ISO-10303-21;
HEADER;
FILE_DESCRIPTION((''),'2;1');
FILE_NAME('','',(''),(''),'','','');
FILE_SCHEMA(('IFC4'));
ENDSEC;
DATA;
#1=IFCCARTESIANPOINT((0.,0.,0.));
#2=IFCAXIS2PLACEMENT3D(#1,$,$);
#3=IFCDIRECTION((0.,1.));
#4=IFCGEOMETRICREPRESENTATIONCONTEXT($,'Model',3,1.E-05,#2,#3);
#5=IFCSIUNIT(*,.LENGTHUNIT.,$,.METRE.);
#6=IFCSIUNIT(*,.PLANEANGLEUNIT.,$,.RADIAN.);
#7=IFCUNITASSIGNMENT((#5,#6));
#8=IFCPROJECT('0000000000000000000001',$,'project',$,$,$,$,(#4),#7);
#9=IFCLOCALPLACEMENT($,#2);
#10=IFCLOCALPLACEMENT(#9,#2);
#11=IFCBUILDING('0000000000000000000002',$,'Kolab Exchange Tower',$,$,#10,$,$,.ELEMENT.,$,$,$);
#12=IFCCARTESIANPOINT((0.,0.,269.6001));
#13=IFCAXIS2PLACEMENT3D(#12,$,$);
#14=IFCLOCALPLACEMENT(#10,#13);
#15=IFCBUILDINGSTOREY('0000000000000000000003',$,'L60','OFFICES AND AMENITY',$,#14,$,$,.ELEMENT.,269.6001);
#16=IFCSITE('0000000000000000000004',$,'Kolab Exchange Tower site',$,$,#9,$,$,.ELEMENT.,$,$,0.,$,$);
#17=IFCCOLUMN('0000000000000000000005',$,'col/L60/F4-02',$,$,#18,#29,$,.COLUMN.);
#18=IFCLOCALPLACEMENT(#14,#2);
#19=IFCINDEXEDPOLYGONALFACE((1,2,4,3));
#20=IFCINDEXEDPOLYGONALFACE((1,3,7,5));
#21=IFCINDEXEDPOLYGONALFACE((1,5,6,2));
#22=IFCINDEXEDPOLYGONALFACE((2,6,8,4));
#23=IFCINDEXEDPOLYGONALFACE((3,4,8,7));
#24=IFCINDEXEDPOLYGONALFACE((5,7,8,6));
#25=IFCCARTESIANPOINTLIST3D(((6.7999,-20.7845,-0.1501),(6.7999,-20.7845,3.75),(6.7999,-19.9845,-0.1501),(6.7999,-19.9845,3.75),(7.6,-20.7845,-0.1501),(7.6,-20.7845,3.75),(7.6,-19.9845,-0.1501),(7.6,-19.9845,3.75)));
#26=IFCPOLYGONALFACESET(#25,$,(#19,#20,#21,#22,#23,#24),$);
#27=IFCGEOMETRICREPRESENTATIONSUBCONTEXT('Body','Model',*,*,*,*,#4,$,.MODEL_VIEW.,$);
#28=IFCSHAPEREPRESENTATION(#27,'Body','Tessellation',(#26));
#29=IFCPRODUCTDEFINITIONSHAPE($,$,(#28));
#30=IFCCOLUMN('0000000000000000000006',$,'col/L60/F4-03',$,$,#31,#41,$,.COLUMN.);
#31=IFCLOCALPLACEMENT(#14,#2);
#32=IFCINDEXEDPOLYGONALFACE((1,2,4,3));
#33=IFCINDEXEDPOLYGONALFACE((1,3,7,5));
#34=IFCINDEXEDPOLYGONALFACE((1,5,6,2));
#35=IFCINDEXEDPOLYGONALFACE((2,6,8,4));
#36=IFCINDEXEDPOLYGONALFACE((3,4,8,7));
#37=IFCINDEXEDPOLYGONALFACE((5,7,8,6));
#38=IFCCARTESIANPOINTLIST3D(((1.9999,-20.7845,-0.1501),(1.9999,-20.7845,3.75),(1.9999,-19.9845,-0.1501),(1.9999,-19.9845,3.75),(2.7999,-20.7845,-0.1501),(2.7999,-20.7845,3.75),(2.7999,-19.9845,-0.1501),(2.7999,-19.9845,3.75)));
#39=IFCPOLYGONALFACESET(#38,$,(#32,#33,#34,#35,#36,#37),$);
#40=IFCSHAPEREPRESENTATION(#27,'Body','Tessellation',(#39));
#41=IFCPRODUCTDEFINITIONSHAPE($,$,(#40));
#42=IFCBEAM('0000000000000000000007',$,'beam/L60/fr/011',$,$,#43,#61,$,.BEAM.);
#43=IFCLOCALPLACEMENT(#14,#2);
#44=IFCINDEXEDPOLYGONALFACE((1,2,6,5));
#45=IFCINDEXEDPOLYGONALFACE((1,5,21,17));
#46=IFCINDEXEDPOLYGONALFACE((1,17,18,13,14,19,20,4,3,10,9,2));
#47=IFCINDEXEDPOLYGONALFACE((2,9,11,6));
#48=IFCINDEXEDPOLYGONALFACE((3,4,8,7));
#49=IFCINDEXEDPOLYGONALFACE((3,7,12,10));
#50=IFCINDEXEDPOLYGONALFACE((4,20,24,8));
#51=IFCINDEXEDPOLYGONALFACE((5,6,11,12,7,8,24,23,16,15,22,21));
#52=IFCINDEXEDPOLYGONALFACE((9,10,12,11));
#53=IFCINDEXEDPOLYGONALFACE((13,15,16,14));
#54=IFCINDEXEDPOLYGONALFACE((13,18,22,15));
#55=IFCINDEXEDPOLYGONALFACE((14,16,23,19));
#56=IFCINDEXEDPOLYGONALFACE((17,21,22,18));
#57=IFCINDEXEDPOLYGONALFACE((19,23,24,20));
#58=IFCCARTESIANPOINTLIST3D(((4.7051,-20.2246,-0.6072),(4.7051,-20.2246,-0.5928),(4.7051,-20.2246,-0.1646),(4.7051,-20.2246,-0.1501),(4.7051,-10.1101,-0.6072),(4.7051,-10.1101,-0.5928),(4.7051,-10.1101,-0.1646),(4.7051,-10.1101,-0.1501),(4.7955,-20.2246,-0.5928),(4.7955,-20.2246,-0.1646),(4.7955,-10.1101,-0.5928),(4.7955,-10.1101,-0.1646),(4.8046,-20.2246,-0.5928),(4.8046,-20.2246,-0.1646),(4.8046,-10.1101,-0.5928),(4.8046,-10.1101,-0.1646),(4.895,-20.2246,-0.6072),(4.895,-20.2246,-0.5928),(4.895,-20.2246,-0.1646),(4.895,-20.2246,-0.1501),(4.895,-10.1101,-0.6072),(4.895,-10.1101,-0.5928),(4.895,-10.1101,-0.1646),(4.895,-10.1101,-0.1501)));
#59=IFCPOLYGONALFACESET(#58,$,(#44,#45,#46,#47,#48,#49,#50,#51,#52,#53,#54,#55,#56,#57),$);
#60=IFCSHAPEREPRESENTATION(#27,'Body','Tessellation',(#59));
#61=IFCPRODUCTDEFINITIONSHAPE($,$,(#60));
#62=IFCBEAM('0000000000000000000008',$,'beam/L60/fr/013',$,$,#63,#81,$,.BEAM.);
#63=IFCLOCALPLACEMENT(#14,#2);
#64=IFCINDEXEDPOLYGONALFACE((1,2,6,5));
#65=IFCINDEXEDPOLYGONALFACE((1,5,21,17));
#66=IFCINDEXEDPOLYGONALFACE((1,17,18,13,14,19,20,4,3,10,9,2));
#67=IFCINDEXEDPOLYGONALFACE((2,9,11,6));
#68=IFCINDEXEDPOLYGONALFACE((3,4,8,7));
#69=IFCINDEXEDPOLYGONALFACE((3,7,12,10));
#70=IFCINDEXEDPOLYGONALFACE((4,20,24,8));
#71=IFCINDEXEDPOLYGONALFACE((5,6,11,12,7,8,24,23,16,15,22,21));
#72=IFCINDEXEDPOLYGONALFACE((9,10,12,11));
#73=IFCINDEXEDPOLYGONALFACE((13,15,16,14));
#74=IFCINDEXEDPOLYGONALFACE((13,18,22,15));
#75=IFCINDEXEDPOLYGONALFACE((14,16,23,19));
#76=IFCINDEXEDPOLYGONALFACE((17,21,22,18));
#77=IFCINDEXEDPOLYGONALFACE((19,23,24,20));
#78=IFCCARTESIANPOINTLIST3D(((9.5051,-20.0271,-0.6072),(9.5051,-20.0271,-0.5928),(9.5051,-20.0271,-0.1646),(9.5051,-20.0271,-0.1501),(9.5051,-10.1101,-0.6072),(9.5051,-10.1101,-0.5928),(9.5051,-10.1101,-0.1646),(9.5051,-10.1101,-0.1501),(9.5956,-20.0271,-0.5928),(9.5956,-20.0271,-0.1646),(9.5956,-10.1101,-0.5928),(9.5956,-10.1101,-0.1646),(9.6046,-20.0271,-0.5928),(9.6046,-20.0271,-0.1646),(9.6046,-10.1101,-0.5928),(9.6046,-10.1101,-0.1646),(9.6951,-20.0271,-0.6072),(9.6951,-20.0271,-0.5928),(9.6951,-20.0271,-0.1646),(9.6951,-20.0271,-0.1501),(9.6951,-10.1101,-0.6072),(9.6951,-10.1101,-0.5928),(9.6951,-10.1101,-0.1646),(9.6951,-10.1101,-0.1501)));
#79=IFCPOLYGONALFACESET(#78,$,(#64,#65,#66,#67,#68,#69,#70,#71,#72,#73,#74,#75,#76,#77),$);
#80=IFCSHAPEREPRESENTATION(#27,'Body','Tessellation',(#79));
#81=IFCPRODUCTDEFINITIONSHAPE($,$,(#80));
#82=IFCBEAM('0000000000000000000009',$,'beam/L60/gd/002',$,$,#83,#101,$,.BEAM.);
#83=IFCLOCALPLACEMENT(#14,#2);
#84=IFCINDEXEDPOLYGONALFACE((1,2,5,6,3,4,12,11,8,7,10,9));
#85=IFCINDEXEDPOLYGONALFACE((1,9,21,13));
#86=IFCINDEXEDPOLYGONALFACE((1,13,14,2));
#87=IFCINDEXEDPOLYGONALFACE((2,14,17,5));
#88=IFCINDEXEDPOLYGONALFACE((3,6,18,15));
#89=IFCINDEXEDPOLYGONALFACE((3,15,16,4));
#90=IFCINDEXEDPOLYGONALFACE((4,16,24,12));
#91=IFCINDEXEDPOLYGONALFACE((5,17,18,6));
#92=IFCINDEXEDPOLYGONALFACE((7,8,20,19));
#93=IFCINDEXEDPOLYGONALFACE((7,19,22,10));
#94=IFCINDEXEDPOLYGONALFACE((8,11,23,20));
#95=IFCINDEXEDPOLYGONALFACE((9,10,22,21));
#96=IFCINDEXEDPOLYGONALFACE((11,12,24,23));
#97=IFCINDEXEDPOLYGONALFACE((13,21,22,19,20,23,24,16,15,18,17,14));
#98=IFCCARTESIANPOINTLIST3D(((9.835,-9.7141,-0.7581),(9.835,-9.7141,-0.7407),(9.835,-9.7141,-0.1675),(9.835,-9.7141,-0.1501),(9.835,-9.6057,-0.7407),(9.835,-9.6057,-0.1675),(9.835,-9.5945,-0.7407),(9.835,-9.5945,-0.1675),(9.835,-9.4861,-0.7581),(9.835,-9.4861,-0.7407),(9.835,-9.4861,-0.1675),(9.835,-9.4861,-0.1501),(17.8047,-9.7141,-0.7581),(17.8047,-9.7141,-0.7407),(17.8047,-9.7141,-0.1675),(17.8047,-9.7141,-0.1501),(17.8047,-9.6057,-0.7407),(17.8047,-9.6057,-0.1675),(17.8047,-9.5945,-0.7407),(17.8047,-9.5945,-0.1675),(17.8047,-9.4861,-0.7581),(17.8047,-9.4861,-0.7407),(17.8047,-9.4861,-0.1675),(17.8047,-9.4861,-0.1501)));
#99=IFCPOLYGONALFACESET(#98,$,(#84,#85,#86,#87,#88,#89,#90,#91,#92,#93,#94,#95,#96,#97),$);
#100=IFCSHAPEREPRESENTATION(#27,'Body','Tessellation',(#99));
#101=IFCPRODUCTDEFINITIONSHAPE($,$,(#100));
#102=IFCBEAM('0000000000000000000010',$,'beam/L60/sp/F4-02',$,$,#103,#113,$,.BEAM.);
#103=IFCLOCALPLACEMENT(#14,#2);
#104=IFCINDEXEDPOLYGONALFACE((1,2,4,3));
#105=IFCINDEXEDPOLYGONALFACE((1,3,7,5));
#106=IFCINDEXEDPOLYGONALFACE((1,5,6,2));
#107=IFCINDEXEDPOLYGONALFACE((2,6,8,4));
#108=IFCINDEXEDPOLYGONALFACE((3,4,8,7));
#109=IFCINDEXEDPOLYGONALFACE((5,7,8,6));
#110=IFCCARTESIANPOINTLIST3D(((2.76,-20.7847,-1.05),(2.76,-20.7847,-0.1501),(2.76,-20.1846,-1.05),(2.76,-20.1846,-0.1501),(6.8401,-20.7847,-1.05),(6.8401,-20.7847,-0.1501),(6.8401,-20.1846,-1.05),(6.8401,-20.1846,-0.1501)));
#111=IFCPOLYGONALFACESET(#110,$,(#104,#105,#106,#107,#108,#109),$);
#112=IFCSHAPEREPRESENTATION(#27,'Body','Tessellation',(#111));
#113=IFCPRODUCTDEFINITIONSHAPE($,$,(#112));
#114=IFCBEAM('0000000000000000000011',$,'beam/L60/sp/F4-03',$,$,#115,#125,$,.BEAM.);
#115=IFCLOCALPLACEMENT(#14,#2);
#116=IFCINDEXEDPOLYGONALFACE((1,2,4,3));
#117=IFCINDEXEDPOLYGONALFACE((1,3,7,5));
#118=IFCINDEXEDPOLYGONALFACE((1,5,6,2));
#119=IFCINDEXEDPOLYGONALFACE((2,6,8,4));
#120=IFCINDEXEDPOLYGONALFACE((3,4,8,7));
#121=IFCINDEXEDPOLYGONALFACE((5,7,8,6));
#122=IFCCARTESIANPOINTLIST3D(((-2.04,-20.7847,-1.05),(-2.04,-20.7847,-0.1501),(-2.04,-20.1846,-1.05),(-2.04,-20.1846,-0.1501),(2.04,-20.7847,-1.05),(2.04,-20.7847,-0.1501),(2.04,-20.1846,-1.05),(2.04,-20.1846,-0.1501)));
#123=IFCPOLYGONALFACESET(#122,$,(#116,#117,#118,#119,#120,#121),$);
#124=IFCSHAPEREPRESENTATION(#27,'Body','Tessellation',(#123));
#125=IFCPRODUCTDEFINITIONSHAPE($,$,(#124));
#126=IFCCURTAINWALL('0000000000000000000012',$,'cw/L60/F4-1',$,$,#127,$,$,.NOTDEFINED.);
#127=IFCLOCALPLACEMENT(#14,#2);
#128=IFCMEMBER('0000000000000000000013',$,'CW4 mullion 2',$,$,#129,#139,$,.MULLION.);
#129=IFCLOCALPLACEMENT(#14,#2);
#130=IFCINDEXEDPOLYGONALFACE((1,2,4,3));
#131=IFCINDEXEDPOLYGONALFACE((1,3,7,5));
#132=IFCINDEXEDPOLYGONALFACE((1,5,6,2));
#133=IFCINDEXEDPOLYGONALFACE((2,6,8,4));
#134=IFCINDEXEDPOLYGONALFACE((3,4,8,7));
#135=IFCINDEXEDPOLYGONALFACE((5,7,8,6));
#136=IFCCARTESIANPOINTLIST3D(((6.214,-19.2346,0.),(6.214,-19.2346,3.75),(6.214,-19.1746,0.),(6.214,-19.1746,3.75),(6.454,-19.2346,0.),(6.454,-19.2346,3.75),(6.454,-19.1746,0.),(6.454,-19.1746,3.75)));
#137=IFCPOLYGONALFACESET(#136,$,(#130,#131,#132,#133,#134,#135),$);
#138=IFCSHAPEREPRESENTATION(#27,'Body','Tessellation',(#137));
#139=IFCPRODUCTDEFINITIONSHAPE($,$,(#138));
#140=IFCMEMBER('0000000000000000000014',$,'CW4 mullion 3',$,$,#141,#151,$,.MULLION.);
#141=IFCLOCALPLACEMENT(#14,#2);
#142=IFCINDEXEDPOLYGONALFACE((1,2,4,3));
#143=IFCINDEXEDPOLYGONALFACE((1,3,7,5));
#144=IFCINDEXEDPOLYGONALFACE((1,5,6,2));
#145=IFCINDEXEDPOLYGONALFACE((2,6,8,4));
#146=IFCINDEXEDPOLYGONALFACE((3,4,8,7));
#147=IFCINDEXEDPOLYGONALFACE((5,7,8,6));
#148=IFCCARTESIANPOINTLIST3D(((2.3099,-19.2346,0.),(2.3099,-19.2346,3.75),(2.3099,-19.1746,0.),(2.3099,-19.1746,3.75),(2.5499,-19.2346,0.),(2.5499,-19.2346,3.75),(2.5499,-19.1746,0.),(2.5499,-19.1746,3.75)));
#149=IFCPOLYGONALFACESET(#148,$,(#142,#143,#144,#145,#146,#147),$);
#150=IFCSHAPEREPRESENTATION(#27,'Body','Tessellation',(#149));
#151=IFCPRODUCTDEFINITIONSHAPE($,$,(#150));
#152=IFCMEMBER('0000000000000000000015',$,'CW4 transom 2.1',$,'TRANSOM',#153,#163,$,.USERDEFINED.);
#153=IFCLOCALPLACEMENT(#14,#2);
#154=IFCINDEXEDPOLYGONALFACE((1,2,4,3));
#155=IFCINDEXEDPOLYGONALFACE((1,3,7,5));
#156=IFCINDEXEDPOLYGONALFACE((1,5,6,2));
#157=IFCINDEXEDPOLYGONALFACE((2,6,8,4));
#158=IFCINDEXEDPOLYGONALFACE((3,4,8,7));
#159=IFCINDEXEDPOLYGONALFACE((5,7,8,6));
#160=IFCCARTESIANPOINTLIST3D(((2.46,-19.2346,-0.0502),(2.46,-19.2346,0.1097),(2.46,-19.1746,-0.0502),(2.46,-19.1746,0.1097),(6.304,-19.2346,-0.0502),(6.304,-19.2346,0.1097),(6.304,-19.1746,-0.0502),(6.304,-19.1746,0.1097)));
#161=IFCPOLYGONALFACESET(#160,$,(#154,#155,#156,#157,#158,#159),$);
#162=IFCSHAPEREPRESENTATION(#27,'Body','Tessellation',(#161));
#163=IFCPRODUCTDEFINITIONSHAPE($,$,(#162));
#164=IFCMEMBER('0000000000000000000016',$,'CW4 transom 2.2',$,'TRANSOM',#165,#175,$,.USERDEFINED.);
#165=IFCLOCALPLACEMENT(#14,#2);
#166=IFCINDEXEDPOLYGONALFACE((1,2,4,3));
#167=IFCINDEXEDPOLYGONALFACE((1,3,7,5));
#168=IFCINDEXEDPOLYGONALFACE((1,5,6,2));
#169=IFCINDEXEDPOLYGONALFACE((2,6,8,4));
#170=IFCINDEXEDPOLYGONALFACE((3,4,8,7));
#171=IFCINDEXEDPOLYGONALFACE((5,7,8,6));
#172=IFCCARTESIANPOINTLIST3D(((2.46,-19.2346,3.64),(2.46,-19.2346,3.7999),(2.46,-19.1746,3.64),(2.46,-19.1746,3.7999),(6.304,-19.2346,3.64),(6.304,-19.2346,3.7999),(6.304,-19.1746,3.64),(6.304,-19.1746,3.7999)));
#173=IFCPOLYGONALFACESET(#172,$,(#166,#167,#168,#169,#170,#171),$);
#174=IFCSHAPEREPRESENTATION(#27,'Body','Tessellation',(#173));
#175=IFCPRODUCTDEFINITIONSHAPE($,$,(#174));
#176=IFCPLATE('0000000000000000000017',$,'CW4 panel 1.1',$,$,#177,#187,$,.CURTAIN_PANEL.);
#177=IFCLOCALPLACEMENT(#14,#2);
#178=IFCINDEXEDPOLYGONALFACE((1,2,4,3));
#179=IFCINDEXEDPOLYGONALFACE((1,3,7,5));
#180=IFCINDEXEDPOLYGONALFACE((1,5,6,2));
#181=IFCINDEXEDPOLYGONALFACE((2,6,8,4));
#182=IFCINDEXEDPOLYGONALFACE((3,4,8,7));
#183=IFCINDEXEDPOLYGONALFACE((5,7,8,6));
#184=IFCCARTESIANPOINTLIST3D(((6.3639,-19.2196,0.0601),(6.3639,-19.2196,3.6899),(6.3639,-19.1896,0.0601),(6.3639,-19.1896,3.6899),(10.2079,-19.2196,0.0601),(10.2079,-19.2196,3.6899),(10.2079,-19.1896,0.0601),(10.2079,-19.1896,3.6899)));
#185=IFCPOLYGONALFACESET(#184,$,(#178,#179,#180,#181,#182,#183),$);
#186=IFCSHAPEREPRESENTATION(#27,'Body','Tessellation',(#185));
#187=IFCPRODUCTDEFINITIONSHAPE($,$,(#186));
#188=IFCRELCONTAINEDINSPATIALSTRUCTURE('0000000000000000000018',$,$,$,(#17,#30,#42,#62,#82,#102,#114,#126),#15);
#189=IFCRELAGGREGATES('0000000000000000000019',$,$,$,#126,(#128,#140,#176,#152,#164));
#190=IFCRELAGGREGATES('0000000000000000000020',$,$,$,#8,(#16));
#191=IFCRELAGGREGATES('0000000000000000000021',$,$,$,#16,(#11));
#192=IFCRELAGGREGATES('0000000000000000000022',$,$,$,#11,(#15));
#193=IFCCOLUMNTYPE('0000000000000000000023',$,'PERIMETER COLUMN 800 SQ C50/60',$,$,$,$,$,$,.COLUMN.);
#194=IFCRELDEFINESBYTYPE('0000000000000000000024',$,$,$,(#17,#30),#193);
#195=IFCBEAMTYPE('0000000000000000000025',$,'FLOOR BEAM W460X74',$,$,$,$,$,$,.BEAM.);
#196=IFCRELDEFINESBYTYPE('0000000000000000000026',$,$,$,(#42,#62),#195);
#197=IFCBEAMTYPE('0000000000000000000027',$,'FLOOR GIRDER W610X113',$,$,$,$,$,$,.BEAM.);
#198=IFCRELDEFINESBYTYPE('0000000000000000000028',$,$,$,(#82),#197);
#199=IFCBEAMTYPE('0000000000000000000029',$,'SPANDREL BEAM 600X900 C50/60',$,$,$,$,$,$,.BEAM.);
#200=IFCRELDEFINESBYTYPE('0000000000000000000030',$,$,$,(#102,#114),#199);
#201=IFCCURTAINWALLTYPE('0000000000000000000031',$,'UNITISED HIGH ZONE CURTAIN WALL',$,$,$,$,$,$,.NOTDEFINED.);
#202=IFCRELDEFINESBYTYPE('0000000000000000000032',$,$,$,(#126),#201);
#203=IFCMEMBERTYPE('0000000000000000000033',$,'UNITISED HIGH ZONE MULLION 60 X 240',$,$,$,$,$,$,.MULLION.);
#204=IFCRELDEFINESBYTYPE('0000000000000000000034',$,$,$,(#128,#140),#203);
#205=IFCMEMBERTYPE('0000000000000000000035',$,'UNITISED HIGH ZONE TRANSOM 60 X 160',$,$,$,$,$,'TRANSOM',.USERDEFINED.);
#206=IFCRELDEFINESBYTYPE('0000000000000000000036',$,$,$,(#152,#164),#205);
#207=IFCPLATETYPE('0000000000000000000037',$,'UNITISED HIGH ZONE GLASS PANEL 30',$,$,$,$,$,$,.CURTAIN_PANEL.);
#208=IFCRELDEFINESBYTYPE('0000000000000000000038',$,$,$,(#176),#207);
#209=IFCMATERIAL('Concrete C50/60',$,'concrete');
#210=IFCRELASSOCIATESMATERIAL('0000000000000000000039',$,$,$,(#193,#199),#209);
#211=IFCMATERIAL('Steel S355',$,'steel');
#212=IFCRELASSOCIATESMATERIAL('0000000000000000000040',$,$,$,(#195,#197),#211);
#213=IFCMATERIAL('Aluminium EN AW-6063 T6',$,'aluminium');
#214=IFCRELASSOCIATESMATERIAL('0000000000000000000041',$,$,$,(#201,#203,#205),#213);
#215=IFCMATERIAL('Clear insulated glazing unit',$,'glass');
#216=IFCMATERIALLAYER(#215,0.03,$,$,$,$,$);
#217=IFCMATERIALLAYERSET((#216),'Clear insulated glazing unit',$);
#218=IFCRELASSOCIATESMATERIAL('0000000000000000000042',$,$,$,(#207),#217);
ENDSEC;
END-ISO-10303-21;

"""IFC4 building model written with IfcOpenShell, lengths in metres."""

from ifc_helpers import new_model, si_unit, direction, frame, origin, origin_2d, place, context, subcontext, project, spatial, rectangle, i_section, extrude, material, layer, layer_set, material_profile, profile_set, type_object, element, aggregate, save


model = new_model("IFC4")

# Units and contexts
model_context = context("Model", 3, precision=1e-05, world=origin(), true_north=direction((0.0, 1.0)))
body_context = subcontext(model_context, "Body", "Model", "MODEL_VIEW")
ifc_project = project(units=[si_unit("LENGTHUNIT", "METRE"), si_unit("PLANEANGLEUNIT", "RADIAN")], contexts=[model_context])

# Site, building, storey
site_placement = place(None, origin())
site = spatial("IfcSite", under=ifc_project, at=site_placement, Name="Kolab Exchange Tower site", CompositionType="ELEMENT", RefElevation=0.0)
building_placement = place(site_placement, origin())
building = spatial("IfcBuilding", under=site, at=building_placement, Name="Kolab Exchange Tower", CompositionType="ELEMENT")
storey_placement = place(building_placement, frame((0.0, 0.0, 269.6001)))
storey = spatial("IfcBuildingStorey", under=building, at=storey_placement, Name="L60", Description="OFFICES AND AMENITY", CompositionType="ELEMENT", Elevation=269.6001)

# Columns
ifc_material_1 = material(Name="Concrete C50/60", Category="concrete")
ifc_material_profile_1 = material_profile(ifc_material_1, rectangle(XDim=0.8, YDim=0.8, at=origin_2d()), Name="RC800")
ifc_profile_set_1 = profile_set([ifc_material_profile_1], Name="Concrete C50/60")
column_type = type_object("IfcColumnType", Name="PERIMETER COLUMN 800 SQ C50/60", PredefinedType="COLUMN", material=ifc_profile_set_1)
for number, where, z_axis, x_axis, name in (
    (1, (7.2, -20.3845, -0.1501), (0.0, 0.0, 1.0), (1.0, 0.0, 0.0), "col/L60/F4-02"),
    (2, (2.3999, -20.3845, -0.1501), (0.0, 0.0, 1.0), (1.0, 0.0, 0.0), "col/L60/F4-03"),
):
    element("IfcColumn", number, at=place(storey_placement, frame(where, z_axis=z_axis, x_axis=x_axis)), inside=storey, type_object=column_type, Name=name, PredefinedType="COLUMN", context=body_context, shape_type="SweptSolid", body=[
        extrude(rectangle(XDim=0.8, YDim=0.8, at=origin_2d()), origin(), (0.0, 0.0, 1.0), 3.9001),
    ])

# Beams
ifc_material_2 = material(Name="Steel S355", Category="steel")
ifc_material_profile_2 = material_profile(ifc_material_2, i_section(OverallWidth=0.1899, OverallDepth=0.457, WebThickness=0.009, FlangeThickness=0.0144, at=origin_2d()), Name="W460X74")
ifc_profile_set_2 = profile_set([ifc_material_profile_2], Name="Steel S355")
beam_type_1 = type_object("IfcBeamType", Name="FLOOR BEAM W460X74", PredefinedType="BEAM", material=ifc_profile_set_2)
beam_1_placement = place(storey_placement, frame((4.8, -20.2246, -0.3787), z_axis=(0.0, 1.0, 0.0), x_axis=(-1.0, 0.0, 0.0)))
element("IfcBeam", 3, at=beam_1_placement, inside=storey, type_object=beam_type_1, Name="beam/L60/fr/011", PredefinedType="BEAM", context=body_context, shape_type="SweptSolid", body=[
    extrude(i_section(OverallWidth=0.1899, OverallDepth=0.457, WebThickness=0.009, FlangeThickness=0.0144, at=origin_2d()), origin(), (0.0, 0.0, 1.0), 10.1145),
])
beam_2_placement = place(storey_placement, frame((9.6001, -20.0271, -0.3787), z_axis=(0.0, 1.0, 0.0), x_axis=(-1.0, 0.0, 0.0)))
element("IfcBeam", 4, at=beam_2_placement, inside=storey, type_object=beam_type_1, Name="beam/L60/fr/013", PredefinedType="BEAM", context=body_context, shape_type="SweptSolid", body=[
    extrude(i_section(OverallWidth=0.1899, OverallDepth=0.457, WebThickness=0.009, FlangeThickness=0.0144, at=origin_2d()), origin(), (0.0, 0.0, 1.0), 9.917),
])
ifc_material_profile_3 = material_profile(ifc_material_2, i_section(OverallWidth=0.228, OverallDepth=0.6079, WebThickness=0.0112, FlangeThickness=0.0173, at=origin_2d()), Name="W610X113")
ifc_profile_set_3 = profile_set([ifc_material_profile_3], Name="Steel S355")
beam_type_2 = type_object("IfcBeamType", Name="FLOOR GIRDER W610X113", PredefinedType="BEAM", material=ifc_profile_set_3)
beam_3_placement = place(storey_placement, frame((9.835, -9.6001, -0.4541), z_axis=(1.0, 0.0, 0.0), x_axis=(0.0, 1.0, 0.0)))
element("IfcBeam", 5, at=beam_3_placement, inside=storey, type_object=beam_type_2, Name="beam/L60/gd/002", PredefinedType="BEAM", context=body_context, shape_type="SweptSolid", body=[
    extrude(i_section(OverallWidth=0.228, OverallDepth=0.6079, WebThickness=0.0112, FlangeThickness=0.0173, at=origin_2d()), origin(), (0.0, 0.0, 1.0), 7.9697),
])
ifc_material_profile_4 = material_profile(ifc_material_1, rectangle(XDim=0.6001, YDim=0.8999, at=origin_2d()), Name="RC600X900")
ifc_profile_set_4 = profile_set([ifc_material_profile_4], Name="Concrete C50/60")
beam_type_3 = type_object("IfcBeamType", Name="SPANDREL BEAM 600X900 C50/60", PredefinedType="BEAM", material=ifc_profile_set_4)
for number, where, z_axis, x_axis, name in (
    (6, (6.8401, -20.4846, -0.6001), (-1.0, 0.0, 0.0), (0.0, -1.0, 0.0), "beam/L60/sp/F4-02"),
    (7, (2.04, -20.4846, -0.6001), (-1.0, 0.0, 0.0), (0.0, -1.0, 0.0), "beam/L60/sp/F4-03"),
):
    element("IfcBeam", number, at=place(storey_placement, frame(where, z_axis=z_axis, x_axis=x_axis)), inside=storey, type_object=beam_type_3, Name=name, PredefinedType="BEAM", context=body_context, shape_type="SweptSolid", body=[
        extrude(rectangle(XDim=0.6001, YDim=0.8999, at=origin_2d()), origin(), (0.0, 0.0, 1.0), 4.0801),
    ])

# Curtain wall, members, plate
ifc_material_3 = material(Name="Aluminium EN AW-6063 T6", Category="aluminium")
curtain_wall_type = type_object("IfcCurtainWallType", Name="UNITISED HIGH ZONE CURTAIN WALL", PredefinedType="NOTDEFINED", material=ifc_material_3)
curtain_wall_placement = place(storey_placement, origin())
curtain_wall = element("IfcCurtainWall", 8, at=curtain_wall_placement, inside=storey, type_object=curtain_wall_type, Name="cw/L60/F4-1", PredefinedType="NOTDEFINED")
ifc_material_profile_5 = material_profile(ifc_material_3, rectangle(XDim=0.0601, YDim=0.24, at=origin_2d()), Name="RECT 60X240")
ifc_profile_set_5 = profile_set([ifc_material_profile_5], Name="Aluminium EN AW-6063 T6")
member_type_1 = type_object("IfcMemberType", Name="UNITISED HIGH ZONE MULLION 60 X 240", PredefinedType="MULLION", material=ifc_profile_set_5)
member_1_placement = place(storey_placement, frame((6.334, -19.2046, 0.0), z_axis=(0.0, 0.0, 1.0), x_axis=(0.0, -1.0, 0.0)))
member_1 = element("IfcMember", 9, at=member_1_placement, type_object=member_type_1, Name="CW4 mullion 2", PredefinedType="MULLION", context=body_context, shape_type="SweptSolid", body=[
    extrude(rectangle(XDim=0.0601, YDim=0.24, at=origin_2d()), origin(), (0.0, 0.0, 1.0), 3.75),
])
member_2_placement = place(storey_placement, frame((2.4299, -19.2046, 0.0), z_axis=(0.0, 0.0, 1.0), x_axis=(0.0, -1.0, 0.0)))
member_2 = element("IfcMember", 10, at=member_2_placement, type_object=member_type_1, Name="CW4 mullion 3", PredefinedType="MULLION", context=body_context, shape_type="SweptSolid", body=[
    extrude(rectangle(XDim=0.0601, YDim=0.24, at=origin_2d()), origin(), (0.0, 0.0, 1.0), 3.75),
])
ifc_material_profile_6 = material_profile(ifc_material_3, rectangle(XDim=0.0601, YDim=0.1599, at=origin_2d()), Name="RECT 60X160")
ifc_profile_set_6 = profile_set([ifc_material_profile_6], Name="Aluminium EN AW-6063 T6")
member_type_2 = type_object("IfcMemberType", Name="UNITISED HIGH ZONE TRANSOM 60 X 160", ElementType="TRANSOM", PredefinedType="USERDEFINED", material=ifc_profile_set_6)
member_3_placement = place(storey_placement, frame((6.304, -19.2046, 0.0298), z_axis=(-1.0, 0.0, 0.0), x_axis=(0.0, -1.0, 0.0)))
member_3 = element("IfcMember", 11, at=member_3_placement, type_object=member_type_2, Name="CW4 transom 2.1", ObjectType="TRANSOM", PredefinedType="USERDEFINED", context=body_context, shape_type="SweptSolid", body=[
    extrude(rectangle(XDim=0.0601, YDim=0.1599, at=origin_2d()), origin(), (0.0, 0.0, 1.0), 3.844),
])
member_4_placement = place(storey_placement, frame((6.304, -19.2046, 3.72), z_axis=(-1.0, 0.0, 0.0), x_axis=(0.0, -1.0, 0.0)))
member_4 = element("IfcMember", 12, at=member_4_placement, type_object=member_type_2, Name="CW4 transom 2.2", ObjectType="TRANSOM", PredefinedType="USERDEFINED", context=body_context, shape_type="SweptSolid", body=[
    extrude(rectangle(XDim=0.0601, YDim=0.1599, at=origin_2d()), origin(), (0.0, 0.0, 1.0), 3.844),
])
ifc_material_4 = material(Name="Clear insulated glazing unit", Category="glass")
ifc_layer_1 = layer(ifc_material_4, 0.03)
ifc_layer_set_1 = layer_set([ifc_layer_1], Name="Clear insulated glazing unit")
plate_type = type_object("IfcPlateType", Name="UNITISED HIGH ZONE GLASS PANEL 30", PredefinedType="CURTAIN_PANEL", material=ifc_layer_set_1)
plate_1_placement = place(storey_placement, frame((8.2859, -19.2046, 0.0601), z_axis=(0.0, 0.0, 1.0), x_axis=(-1.0, 0.0, 0.0)))
plate_1 = element("IfcPlate", 13, at=plate_1_placement, type_object=plate_type, Name="CW4 panel 1.1", PredefinedType="CURTAIN_PANEL", context=body_context, shape_type="SweptSolid", body=[
    extrude(rectangle(XDim=3.844, YDim=0.03, at=origin_2d()), origin(), (0.0, 0.0, 1.0), 3.6299),
])
aggregate(curtain_wall, [member_1, member_2, plate_1, member_3, member_4])

save(model, "model.ifc")
